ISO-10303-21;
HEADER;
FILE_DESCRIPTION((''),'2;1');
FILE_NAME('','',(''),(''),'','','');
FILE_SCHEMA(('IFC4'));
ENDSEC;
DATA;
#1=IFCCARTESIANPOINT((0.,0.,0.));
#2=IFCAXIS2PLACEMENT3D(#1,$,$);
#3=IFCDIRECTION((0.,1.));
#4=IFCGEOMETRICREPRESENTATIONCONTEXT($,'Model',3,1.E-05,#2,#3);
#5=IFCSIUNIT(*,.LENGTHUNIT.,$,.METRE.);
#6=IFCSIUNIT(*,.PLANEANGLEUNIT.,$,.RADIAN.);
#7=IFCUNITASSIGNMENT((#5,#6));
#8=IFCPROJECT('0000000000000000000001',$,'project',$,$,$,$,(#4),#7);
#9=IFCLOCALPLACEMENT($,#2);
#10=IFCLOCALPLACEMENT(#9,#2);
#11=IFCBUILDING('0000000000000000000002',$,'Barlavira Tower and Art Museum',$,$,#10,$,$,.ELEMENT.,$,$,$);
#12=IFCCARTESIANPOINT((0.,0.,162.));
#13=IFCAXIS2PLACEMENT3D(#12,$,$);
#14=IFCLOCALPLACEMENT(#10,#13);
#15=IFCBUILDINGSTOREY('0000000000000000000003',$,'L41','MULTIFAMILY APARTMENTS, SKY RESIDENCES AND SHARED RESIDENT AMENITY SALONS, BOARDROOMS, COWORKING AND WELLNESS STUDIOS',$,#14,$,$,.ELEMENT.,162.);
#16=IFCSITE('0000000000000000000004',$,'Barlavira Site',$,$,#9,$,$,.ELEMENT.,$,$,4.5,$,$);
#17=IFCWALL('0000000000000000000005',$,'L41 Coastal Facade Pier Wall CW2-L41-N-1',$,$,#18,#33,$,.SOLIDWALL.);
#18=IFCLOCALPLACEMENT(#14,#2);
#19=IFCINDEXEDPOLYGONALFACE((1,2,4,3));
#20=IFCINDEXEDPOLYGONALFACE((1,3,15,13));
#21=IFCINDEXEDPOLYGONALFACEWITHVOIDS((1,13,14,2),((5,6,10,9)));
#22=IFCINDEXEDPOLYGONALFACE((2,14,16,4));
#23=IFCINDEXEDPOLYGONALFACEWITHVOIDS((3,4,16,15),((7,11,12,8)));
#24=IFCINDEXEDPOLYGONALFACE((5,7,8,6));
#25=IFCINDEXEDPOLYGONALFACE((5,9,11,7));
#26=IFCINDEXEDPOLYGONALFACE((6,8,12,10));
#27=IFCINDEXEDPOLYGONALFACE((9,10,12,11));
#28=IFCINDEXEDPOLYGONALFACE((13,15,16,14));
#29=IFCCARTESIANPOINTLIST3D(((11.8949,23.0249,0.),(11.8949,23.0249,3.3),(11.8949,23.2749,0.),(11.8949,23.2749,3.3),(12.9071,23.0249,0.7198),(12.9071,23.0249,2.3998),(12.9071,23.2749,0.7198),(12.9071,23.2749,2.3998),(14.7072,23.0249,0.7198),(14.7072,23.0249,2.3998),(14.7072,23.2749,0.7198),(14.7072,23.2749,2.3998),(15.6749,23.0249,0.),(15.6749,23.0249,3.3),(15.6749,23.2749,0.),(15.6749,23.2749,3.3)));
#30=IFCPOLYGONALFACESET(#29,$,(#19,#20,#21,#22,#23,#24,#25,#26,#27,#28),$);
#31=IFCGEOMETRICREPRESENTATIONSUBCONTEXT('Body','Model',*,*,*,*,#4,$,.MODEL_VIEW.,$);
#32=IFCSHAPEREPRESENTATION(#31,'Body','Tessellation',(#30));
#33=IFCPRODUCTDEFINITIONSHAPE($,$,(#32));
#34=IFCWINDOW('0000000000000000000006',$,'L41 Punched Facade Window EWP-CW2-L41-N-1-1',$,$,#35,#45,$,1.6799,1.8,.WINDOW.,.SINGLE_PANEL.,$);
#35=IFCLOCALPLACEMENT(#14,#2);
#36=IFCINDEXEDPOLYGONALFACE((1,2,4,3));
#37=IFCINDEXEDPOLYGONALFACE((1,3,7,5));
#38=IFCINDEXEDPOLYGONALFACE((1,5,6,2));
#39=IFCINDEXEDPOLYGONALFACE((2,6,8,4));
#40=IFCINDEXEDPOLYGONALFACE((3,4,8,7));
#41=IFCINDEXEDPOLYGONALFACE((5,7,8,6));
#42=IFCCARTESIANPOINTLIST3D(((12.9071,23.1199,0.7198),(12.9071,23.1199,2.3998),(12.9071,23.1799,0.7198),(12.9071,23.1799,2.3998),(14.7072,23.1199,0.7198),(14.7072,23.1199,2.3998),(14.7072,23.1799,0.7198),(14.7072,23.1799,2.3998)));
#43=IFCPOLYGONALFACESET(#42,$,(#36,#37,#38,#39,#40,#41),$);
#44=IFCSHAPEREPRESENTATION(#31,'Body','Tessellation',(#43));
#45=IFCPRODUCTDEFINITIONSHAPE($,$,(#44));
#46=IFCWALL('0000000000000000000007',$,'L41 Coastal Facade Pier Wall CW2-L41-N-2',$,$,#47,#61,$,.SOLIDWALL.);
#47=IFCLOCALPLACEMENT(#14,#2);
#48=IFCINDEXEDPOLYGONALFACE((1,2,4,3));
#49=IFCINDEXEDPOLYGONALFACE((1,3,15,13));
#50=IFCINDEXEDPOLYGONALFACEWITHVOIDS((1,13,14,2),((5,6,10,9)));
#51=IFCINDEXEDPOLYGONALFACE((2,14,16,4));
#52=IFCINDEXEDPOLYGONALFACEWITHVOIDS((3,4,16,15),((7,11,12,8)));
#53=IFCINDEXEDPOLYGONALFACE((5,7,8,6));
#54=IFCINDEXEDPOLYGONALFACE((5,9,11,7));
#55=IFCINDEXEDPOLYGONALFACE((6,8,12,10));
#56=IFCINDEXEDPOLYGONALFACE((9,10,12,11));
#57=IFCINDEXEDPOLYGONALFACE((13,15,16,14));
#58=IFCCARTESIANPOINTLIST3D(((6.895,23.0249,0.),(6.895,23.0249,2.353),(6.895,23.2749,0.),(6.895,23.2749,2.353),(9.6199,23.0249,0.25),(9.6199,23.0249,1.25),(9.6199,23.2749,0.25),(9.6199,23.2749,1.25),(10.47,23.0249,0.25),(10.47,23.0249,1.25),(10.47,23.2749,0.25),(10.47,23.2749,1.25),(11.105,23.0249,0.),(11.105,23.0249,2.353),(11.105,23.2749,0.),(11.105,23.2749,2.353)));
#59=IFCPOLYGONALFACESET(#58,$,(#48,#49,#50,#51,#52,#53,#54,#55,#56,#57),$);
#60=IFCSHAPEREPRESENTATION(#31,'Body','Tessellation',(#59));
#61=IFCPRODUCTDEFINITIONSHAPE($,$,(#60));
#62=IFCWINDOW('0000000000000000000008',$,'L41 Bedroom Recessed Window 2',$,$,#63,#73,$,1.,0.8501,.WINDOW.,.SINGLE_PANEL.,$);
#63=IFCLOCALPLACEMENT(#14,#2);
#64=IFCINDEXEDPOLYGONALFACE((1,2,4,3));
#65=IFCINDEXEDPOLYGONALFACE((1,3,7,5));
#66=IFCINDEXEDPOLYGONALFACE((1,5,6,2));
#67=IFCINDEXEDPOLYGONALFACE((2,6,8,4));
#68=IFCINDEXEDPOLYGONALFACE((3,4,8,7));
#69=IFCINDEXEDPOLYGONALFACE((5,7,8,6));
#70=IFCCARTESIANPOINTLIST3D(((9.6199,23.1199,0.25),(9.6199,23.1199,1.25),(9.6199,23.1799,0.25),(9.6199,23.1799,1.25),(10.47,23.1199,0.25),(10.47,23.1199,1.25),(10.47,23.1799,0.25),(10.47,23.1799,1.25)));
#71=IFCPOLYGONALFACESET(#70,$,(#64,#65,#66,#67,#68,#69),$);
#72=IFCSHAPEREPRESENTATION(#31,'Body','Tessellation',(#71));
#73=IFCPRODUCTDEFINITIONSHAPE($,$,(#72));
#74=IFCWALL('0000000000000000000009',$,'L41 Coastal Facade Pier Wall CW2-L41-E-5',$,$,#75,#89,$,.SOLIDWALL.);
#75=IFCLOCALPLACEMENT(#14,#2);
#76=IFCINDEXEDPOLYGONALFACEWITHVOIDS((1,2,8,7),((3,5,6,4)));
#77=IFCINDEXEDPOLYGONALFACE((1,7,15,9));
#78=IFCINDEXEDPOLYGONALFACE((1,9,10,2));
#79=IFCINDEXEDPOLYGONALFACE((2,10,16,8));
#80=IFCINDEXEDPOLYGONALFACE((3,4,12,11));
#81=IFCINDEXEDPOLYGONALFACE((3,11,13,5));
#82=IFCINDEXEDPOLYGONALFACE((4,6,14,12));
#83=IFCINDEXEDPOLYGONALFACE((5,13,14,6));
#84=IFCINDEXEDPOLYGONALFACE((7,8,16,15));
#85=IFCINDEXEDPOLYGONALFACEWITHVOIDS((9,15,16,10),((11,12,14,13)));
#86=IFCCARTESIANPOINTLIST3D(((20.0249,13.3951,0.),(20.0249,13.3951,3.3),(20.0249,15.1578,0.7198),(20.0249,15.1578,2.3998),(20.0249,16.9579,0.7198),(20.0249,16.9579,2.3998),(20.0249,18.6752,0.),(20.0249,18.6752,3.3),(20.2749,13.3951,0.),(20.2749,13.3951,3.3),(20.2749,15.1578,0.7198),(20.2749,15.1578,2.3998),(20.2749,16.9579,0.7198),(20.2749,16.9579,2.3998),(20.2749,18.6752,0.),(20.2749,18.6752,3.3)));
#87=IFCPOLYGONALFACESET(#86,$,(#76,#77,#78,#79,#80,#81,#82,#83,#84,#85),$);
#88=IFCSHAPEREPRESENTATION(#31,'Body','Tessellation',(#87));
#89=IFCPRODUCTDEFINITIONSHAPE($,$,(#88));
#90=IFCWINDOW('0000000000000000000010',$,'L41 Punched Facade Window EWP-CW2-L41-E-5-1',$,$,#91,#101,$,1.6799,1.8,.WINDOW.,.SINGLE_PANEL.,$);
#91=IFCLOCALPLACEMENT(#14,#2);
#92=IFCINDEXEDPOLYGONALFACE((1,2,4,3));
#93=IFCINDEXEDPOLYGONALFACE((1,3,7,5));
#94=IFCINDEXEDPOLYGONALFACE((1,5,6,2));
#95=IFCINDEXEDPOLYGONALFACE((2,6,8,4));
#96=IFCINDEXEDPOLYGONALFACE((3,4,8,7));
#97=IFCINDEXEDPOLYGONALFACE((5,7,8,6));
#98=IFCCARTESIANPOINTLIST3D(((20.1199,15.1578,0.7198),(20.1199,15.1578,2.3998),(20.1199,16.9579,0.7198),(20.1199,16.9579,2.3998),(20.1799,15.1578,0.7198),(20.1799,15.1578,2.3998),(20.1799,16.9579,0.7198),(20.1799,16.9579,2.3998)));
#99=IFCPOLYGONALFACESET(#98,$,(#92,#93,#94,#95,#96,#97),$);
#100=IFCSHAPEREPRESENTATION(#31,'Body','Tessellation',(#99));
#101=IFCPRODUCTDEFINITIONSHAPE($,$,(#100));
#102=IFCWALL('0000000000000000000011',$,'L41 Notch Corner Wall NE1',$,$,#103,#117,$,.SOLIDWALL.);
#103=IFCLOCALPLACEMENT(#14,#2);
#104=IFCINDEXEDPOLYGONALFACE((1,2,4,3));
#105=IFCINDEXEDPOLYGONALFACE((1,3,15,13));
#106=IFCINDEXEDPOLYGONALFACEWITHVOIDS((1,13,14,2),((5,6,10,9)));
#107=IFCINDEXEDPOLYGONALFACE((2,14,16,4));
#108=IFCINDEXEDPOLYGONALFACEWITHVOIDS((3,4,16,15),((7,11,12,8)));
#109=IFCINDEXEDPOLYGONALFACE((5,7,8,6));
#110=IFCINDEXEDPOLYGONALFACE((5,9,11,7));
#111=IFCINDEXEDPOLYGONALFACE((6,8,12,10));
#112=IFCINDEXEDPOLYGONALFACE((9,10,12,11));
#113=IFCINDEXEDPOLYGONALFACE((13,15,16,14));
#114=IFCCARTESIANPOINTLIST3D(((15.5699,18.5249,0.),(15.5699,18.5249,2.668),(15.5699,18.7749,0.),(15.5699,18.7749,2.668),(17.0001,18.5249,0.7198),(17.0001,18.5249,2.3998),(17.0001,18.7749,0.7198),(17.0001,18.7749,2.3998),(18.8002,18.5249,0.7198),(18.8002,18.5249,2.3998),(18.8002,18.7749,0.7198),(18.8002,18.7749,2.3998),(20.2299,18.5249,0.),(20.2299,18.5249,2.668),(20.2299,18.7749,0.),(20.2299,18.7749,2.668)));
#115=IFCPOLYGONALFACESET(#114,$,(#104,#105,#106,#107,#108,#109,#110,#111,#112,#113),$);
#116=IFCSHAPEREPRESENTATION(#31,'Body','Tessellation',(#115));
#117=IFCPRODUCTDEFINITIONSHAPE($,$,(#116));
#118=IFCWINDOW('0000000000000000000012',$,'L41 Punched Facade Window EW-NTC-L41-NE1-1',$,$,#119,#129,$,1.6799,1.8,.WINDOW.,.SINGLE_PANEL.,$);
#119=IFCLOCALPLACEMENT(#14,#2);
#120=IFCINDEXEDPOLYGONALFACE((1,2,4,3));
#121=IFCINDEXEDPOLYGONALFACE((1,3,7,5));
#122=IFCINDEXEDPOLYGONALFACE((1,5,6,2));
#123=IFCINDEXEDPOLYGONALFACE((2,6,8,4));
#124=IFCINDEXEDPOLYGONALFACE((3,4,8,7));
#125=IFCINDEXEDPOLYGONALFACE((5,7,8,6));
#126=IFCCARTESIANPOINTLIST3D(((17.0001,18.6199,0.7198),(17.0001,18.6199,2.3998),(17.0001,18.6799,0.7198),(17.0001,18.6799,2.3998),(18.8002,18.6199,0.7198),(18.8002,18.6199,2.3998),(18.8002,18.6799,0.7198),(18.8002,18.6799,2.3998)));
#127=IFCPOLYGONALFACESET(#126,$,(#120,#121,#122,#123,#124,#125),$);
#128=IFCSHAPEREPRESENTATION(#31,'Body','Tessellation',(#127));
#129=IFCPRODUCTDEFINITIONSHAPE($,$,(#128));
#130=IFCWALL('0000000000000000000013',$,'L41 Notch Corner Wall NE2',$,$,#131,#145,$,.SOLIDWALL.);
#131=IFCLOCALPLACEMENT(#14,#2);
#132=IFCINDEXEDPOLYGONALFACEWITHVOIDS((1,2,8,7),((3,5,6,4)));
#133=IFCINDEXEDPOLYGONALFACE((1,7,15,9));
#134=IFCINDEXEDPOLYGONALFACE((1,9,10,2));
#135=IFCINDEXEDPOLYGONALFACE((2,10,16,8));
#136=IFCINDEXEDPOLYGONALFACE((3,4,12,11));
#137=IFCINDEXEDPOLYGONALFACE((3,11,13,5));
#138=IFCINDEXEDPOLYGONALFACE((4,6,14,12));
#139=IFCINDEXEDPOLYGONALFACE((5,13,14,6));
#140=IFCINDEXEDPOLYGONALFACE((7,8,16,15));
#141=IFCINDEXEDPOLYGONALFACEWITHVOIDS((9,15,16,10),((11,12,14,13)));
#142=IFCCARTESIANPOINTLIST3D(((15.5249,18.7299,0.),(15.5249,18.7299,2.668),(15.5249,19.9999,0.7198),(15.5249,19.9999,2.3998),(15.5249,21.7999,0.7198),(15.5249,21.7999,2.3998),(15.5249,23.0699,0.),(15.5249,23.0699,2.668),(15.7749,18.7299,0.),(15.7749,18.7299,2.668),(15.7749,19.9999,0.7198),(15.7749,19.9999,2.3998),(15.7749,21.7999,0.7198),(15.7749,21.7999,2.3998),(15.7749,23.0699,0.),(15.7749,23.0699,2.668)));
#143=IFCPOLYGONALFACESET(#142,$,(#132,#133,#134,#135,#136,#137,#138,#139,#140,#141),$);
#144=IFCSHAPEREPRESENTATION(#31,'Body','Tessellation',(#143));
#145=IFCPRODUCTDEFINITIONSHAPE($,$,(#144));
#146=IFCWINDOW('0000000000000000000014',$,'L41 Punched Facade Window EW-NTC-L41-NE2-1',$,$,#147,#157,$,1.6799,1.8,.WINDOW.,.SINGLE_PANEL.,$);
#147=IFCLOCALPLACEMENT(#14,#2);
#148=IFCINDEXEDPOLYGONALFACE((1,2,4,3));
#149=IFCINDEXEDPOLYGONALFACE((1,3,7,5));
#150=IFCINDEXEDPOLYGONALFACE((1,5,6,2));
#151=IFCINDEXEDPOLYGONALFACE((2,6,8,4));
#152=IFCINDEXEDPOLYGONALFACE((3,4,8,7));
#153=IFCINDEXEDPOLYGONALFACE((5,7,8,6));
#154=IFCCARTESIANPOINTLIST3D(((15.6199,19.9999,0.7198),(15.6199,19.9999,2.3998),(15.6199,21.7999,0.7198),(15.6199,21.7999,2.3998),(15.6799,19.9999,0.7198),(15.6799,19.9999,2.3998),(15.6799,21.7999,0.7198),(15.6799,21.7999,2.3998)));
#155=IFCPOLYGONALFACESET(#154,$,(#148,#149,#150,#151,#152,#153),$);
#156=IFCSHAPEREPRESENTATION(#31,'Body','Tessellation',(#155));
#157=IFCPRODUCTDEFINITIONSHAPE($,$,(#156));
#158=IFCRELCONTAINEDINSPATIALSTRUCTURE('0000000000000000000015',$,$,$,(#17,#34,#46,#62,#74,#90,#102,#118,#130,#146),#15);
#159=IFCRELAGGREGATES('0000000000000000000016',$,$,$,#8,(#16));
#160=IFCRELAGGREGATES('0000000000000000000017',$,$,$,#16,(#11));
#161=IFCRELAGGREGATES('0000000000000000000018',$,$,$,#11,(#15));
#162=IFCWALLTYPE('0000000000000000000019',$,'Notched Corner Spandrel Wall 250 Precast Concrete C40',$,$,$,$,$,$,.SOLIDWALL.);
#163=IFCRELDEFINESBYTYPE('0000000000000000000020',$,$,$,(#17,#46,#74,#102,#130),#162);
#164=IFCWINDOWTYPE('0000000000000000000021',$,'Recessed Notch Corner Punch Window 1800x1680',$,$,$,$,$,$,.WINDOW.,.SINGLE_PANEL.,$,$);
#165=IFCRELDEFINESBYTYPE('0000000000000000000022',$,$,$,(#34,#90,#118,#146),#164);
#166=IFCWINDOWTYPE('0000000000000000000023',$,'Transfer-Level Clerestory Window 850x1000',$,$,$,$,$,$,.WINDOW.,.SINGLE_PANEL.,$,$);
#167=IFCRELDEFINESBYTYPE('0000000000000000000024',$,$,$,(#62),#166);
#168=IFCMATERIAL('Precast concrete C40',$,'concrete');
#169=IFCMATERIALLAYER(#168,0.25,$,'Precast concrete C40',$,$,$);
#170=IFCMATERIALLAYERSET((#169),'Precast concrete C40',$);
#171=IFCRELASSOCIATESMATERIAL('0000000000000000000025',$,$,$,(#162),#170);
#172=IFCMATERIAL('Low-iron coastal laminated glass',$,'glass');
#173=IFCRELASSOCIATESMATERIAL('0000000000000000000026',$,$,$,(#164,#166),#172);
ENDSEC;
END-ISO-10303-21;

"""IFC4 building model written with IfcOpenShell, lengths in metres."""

from ifc_helpers import new_model, si_unit, direction, frame, frame_2d, origin, place, context, subcontext, project, spatial, rectangle, extrude, material, layer, layer_set, type_object, element, fill, save


model = new_model("IFC4")

# Units and contexts
model_context = context("Model", 3, precision=1e-05, world=origin(), true_north=direction((0.0, 1.0)))
body_context = subcontext(model_context, "Body", "Model", "MODEL_VIEW")
ifc_project = project(units=[si_unit("LENGTHUNIT", "METRE"), si_unit("PLANEANGLEUNIT", "RADIAN")], contexts=[model_context])

# Site, building, storey
site_placement = place(None, origin())
site = spatial("IfcSite", under=ifc_project, at=site_placement, Name="Barlavira Site", CompositionType="ELEMENT", RefElevation=4.5)
building_placement = place(site_placement, origin())
building = spatial("IfcBuilding", under=site, at=building_placement, Name="Barlavira Tower and Art Museum", CompositionType="ELEMENT")
storey_placement = place(building_placement, frame((0.0, 0.0, 162.0)))
storey = spatial("IfcBuildingStorey", under=building, at=storey_placement, Name="L41", Description="MULTIFAMILY APARTMENTS, SKY RESIDENCES AND SHARED RESIDENT AMENITY SALONS, BOARDROOMS, COWORKING AND WELLNESS STUDIOS", CompositionType="ELEMENT", Elevation=162.0)

# Walls, openings, windows
ifc_material_1 = material(Name="Precast concrete C40", Category="concrete")
ifc_layer_1 = layer(ifc_material_1, 0.25, Name="Precast concrete C40")
ifc_layer_set_1 = layer_set([ifc_layer_1], Name="Precast concrete C40")
wall_type_1 = type_object("IfcWallType", Name="Notched Corner Spandrel Wall 250 Precast Concrete C40", PredefinedType="SOLIDWALL", material=ifc_layer_set_1)
wall_1_placement = place(storey_placement, frame((15.675, 23.1499, 0.0), z_axis=(0.0, 0.0, 1.0), x_axis=(-1.0, 0.0, 0.0)))
wall_1 = element("IfcWall", 1, at=wall_1_placement, inside=storey, type_object=wall_type_1, Name="L41 Coastal Facade Pier Wall CW2-L41-N-1", PredefinedType="SOLIDWALL", context=body_context, shape_type="SweptSolid", body=[
    extrude(rectangle(XDim=3.78, YDim=0.25, at=frame_2d((1.8901, 0.0))), origin(), (0.0, 0.0, 1.0), 3.3),
])
opening_1_placement = place(wall_1_placement, frame((0.968, 0.0, 0.72)))
opening_1 = element("IfcOpeningElement", 2, at=opening_1_placement, cuts=wall_1, PredefinedType="OPENING", context=body_context, shape_type="SweptSolid", body=[
    extrude(rectangle(XDim=1.8, YDim=1.6799, at=frame_2d((0.8999, 0.8398))), frame((0.0, 0.135, 0.0), z_axis=(0.0, -1.0, 0.0), x_axis=(1.0, 0.0, 0.0)), (0.0, 0.0, 1.0), 0.27),
])
ifc_material_2 = material(Name="Low-iron coastal laminated glass", Category="glass")
window_type_1 = type_object("IfcWindowType", Name="Recessed Notch Corner Punch Window 1800x1680", PartitioningType="SINGLE_PANEL", PredefinedType="WINDOW", material=ifc_material_2)
window_1_placement = place(opening_1_placement, origin())
window_1 = element("IfcWindow", 3, at=window_1_placement, inside=storey, type_object=window_type_1, Name="L41 Punched Facade Window EWP-CW2-L41-N-1-1", OverallHeight=1.6799, OverallWidth=1.8, PartitioningType="SINGLE_PANEL", PredefinedType="WINDOW", context=body_context, shape_type="SweptSolid", body=[
    extrude(rectangle(XDim=1.8, YDim=1.6799, at=frame_2d((0.8999, 0.8398))), frame((0.0, 0.03, 0.0), z_axis=(0.0, -1.0, 0.0), x_axis=(1.0, 0.0, 0.0)), (0.0, 0.0, 1.0), 0.0601),
])
fill(opening_1, window_1)
wall_2_placement = place(storey_placement, frame((11.105, 23.1499, 0.0), z_axis=(0.0, 0.0, 1.0), x_axis=(-1.0, 0.0, 0.0)))
wall_2 = element("IfcWall", 4, at=wall_2_placement, inside=storey, type_object=wall_type_1, Name="L41 Coastal Facade Pier Wall CW2-L41-N-2", PredefinedType="SOLIDWALL", context=body_context, shape_type="SweptSolid", body=[
    extrude(rectangle(XDim=4.21, YDim=0.25, at=frame_2d((2.105, 0.0))), origin(), (0.0, 0.0, 1.0), 2.353),
])
opening_2_placement = place(wall_2_placement, frame((0.635, 0.0, 0.25)))
opening_2 = element("IfcOpeningElement", 5, at=opening_2_placement, cuts=wall_2, PredefinedType="OPENING", context=body_context, shape_type="SweptSolid", body=[
    extrude(rectangle(XDim=0.8501, YDim=1.0, at=frame_2d((0.425, 0.5))), frame((0.0, 0.135, 0.0), z_axis=(0.0, -1.0, 0.0), x_axis=(1.0, 0.0, 0.0)), (0.0, 0.0, 1.0), 0.27),
])
window_type_2 = type_object("IfcWindowType", Name="Transfer-Level Clerestory Window 850x1000", PartitioningType="SINGLE_PANEL", PredefinedType="WINDOW", material=ifc_material_2)
window_2_placement = place(opening_2_placement, origin())
window_2 = element("IfcWindow", 6, at=window_2_placement, inside=storey, type_object=window_type_2, Name="L41 Bedroom Recessed Window 2", OverallHeight=1.0, OverallWidth=0.8501, PartitioningType="SINGLE_PANEL", PredefinedType="WINDOW", context=body_context, shape_type="SweptSolid", body=[
    extrude(rectangle(XDim=0.8501, YDim=1.0, at=frame_2d((0.425, 0.5))), frame((0.0, 0.03, 0.0), z_axis=(0.0, -1.0, 0.0), x_axis=(1.0, 0.0, 0.0)), (0.0, 0.0, 1.0), 0.0601),
])
fill(opening_2, window_2)
wall_3_placement = place(storey_placement, frame((20.1499, 13.395, 0.0), z_axis=(0.0, 0.0, 1.0), x_axis=(0.0, 1.0, 0.0)))
wall_3 = element("IfcWall", 7, at=wall_3_placement, inside=storey, type_object=wall_type_1, Name="L41 Coastal Facade Pier Wall CW2-L41-E-5", PredefinedType="SOLIDWALL", context=body_context, shape_type="SweptSolid", body=[
    extrude(rectangle(XDim=5.28, YDim=0.25, at=frame_2d((2.6401, 0.0))), origin(), (0.0, 0.0, 1.0), 3.3),
])
opening_3_placement = place(wall_3_placement, frame((1.7629, 0.0, 0.72)))
opening_3 = element("IfcOpeningElement", 8, at=opening_3_placement, cuts=wall_3, PredefinedType="OPENING", context=body_context, shape_type="SweptSolid", body=[
    extrude(rectangle(XDim=1.8, YDim=1.6799, at=frame_2d((0.8999, 0.8398))), frame((0.0, 0.135, 0.0), z_axis=(0.0, -1.0, 0.0), x_axis=(1.0, 0.0, 0.0)), (0.0, 0.0, 1.0), 0.27),
])
window_3_placement = place(opening_3_placement, origin())
window_3 = element("IfcWindow", 9, at=window_3_placement, inside=storey, type_object=window_type_1, Name="L41 Punched Facade Window EWP-CW2-L41-E-5-1", OverallHeight=1.6799, OverallWidth=1.8, PartitioningType="SINGLE_PANEL", PredefinedType="WINDOW", context=body_context, shape_type="SweptSolid", body=[
    extrude(rectangle(XDim=1.8, YDim=1.6799, at=frame_2d((0.8999, 0.8398))), frame((0.0, 0.03, 0.0), z_axis=(0.0, -1.0, 0.0), x_axis=(1.0, 0.0, 0.0)), (0.0, 0.0, 1.0), 0.0601),
])
fill(opening_3, window_3)
wall_4_placement = place(storey_placement, frame((20.23, 18.6499, 0.0), z_axis=(0.0, 0.0, 1.0), x_axis=(-1.0, 0.0, 0.0)))
wall_4 = element("IfcWall", 10, at=wall_4_placement, inside=storey, type_object=wall_type_1, Name="L41 Notch Corner Wall NE1", PredefinedType="SOLIDWALL", context=body_context, shape_type="SweptSolid", body=[
    extrude(rectangle(XDim=4.6599, YDim=0.25, at=frame_2d((2.3301, 0.0))), origin(), (0.0, 0.0, 1.0), 2.668),
])
opening_4_placement = place(wall_4_placement, frame((1.4299, 0.0, 0.72)))
opening_4 = element("IfcOpeningElement", 11, at=opening_4_placement, cuts=wall_4, PredefinedType="OPENING", context=body_context, shape_type="SweptSolid", body=[
    extrude(rectangle(XDim=1.8, YDim=1.6799, at=frame_2d((0.8999, 0.8398))), frame((0.0, 0.135, 0.0), z_axis=(0.0, -1.0, 0.0), x_axis=(1.0, 0.0, 0.0)), (0.0, 0.0, 1.0), 0.27),
])
window_4_placement = place(opening_4_placement, origin())
window_4 = element("IfcWindow", 12, at=window_4_placement, inside=storey, type_object=window_type_1, Name="L41 Punched Facade Window EW-NTC-L41-NE1-1", OverallHeight=1.6799, OverallWidth=1.8, PartitioningType="SINGLE_PANEL", PredefinedType="WINDOW", context=body_context, shape_type="SweptSolid", body=[
    extrude(rectangle(XDim=1.8, YDim=1.6799, at=frame_2d((0.8999, 0.8398))), frame((0.0, 0.03, 0.0), z_axis=(0.0, -1.0, 0.0), x_axis=(1.0, 0.0, 0.0)), (0.0, 0.0, 1.0), 0.0601),
])
fill(opening_4, window_4)
wall_5_placement = place(storey_placement, frame((15.6499, 18.73, 0.0), z_axis=(0.0, 0.0, 1.0), x_axis=(0.0, 1.0, 0.0)))
wall_5 = element("IfcWall", 13, at=wall_5_placement, inside=storey, type_object=wall_type_1, Name="L41 Notch Corner Wall NE2", PredefinedType="SOLIDWALL", context=body_context, shape_type="SweptSolid", body=[
    extrude(rectangle(XDim=4.3401, YDim=0.25, at=frame_2d((2.1699, 0.0))), origin(), (0.0, 0.0, 1.0), 2.668),
])
opening_5_placement = place(wall_5_placement, frame((1.27, 0.0, 0.72)))
opening_5 = element("IfcOpeningElement", 14, at=opening_5_placement, cuts=wall_5, PredefinedType="OPENING", context=body_context, shape_type="SweptSolid", body=[
    extrude(rectangle(XDim=1.8, YDim=1.6799, at=frame_2d((0.8999, 0.8398))), frame((0.0, 0.135, 0.0), z_axis=(0.0, -1.0, 0.0), x_axis=(1.0, 0.0, 0.0)), (0.0, 0.0, 1.0), 0.27),
])
window_5_placement = place(opening_5_placement, origin())
window_5 = element("IfcWindow", 15, at=window_5_placement, inside=storey, type_object=window_type_1, Name="L41 Punched Facade Window EW-NTC-L41-NE2-1", OverallHeight=1.6799, OverallWidth=1.8, PartitioningType="SINGLE_PANEL", PredefinedType="WINDOW", context=body_context, shape_type="SweptSolid", body=[
    extrude(rectangle(XDim=1.8, YDim=1.6799, at=frame_2d((0.8999, 0.8398))), frame((0.0, 0.03, 0.0), z_axis=(0.0, -1.0, 0.0), x_axis=(1.0, 0.0, 0.0)), (0.0, 0.0, 1.0), 0.0601),
])
fill(opening_5, window_5)

save(model, "model.ifc")
